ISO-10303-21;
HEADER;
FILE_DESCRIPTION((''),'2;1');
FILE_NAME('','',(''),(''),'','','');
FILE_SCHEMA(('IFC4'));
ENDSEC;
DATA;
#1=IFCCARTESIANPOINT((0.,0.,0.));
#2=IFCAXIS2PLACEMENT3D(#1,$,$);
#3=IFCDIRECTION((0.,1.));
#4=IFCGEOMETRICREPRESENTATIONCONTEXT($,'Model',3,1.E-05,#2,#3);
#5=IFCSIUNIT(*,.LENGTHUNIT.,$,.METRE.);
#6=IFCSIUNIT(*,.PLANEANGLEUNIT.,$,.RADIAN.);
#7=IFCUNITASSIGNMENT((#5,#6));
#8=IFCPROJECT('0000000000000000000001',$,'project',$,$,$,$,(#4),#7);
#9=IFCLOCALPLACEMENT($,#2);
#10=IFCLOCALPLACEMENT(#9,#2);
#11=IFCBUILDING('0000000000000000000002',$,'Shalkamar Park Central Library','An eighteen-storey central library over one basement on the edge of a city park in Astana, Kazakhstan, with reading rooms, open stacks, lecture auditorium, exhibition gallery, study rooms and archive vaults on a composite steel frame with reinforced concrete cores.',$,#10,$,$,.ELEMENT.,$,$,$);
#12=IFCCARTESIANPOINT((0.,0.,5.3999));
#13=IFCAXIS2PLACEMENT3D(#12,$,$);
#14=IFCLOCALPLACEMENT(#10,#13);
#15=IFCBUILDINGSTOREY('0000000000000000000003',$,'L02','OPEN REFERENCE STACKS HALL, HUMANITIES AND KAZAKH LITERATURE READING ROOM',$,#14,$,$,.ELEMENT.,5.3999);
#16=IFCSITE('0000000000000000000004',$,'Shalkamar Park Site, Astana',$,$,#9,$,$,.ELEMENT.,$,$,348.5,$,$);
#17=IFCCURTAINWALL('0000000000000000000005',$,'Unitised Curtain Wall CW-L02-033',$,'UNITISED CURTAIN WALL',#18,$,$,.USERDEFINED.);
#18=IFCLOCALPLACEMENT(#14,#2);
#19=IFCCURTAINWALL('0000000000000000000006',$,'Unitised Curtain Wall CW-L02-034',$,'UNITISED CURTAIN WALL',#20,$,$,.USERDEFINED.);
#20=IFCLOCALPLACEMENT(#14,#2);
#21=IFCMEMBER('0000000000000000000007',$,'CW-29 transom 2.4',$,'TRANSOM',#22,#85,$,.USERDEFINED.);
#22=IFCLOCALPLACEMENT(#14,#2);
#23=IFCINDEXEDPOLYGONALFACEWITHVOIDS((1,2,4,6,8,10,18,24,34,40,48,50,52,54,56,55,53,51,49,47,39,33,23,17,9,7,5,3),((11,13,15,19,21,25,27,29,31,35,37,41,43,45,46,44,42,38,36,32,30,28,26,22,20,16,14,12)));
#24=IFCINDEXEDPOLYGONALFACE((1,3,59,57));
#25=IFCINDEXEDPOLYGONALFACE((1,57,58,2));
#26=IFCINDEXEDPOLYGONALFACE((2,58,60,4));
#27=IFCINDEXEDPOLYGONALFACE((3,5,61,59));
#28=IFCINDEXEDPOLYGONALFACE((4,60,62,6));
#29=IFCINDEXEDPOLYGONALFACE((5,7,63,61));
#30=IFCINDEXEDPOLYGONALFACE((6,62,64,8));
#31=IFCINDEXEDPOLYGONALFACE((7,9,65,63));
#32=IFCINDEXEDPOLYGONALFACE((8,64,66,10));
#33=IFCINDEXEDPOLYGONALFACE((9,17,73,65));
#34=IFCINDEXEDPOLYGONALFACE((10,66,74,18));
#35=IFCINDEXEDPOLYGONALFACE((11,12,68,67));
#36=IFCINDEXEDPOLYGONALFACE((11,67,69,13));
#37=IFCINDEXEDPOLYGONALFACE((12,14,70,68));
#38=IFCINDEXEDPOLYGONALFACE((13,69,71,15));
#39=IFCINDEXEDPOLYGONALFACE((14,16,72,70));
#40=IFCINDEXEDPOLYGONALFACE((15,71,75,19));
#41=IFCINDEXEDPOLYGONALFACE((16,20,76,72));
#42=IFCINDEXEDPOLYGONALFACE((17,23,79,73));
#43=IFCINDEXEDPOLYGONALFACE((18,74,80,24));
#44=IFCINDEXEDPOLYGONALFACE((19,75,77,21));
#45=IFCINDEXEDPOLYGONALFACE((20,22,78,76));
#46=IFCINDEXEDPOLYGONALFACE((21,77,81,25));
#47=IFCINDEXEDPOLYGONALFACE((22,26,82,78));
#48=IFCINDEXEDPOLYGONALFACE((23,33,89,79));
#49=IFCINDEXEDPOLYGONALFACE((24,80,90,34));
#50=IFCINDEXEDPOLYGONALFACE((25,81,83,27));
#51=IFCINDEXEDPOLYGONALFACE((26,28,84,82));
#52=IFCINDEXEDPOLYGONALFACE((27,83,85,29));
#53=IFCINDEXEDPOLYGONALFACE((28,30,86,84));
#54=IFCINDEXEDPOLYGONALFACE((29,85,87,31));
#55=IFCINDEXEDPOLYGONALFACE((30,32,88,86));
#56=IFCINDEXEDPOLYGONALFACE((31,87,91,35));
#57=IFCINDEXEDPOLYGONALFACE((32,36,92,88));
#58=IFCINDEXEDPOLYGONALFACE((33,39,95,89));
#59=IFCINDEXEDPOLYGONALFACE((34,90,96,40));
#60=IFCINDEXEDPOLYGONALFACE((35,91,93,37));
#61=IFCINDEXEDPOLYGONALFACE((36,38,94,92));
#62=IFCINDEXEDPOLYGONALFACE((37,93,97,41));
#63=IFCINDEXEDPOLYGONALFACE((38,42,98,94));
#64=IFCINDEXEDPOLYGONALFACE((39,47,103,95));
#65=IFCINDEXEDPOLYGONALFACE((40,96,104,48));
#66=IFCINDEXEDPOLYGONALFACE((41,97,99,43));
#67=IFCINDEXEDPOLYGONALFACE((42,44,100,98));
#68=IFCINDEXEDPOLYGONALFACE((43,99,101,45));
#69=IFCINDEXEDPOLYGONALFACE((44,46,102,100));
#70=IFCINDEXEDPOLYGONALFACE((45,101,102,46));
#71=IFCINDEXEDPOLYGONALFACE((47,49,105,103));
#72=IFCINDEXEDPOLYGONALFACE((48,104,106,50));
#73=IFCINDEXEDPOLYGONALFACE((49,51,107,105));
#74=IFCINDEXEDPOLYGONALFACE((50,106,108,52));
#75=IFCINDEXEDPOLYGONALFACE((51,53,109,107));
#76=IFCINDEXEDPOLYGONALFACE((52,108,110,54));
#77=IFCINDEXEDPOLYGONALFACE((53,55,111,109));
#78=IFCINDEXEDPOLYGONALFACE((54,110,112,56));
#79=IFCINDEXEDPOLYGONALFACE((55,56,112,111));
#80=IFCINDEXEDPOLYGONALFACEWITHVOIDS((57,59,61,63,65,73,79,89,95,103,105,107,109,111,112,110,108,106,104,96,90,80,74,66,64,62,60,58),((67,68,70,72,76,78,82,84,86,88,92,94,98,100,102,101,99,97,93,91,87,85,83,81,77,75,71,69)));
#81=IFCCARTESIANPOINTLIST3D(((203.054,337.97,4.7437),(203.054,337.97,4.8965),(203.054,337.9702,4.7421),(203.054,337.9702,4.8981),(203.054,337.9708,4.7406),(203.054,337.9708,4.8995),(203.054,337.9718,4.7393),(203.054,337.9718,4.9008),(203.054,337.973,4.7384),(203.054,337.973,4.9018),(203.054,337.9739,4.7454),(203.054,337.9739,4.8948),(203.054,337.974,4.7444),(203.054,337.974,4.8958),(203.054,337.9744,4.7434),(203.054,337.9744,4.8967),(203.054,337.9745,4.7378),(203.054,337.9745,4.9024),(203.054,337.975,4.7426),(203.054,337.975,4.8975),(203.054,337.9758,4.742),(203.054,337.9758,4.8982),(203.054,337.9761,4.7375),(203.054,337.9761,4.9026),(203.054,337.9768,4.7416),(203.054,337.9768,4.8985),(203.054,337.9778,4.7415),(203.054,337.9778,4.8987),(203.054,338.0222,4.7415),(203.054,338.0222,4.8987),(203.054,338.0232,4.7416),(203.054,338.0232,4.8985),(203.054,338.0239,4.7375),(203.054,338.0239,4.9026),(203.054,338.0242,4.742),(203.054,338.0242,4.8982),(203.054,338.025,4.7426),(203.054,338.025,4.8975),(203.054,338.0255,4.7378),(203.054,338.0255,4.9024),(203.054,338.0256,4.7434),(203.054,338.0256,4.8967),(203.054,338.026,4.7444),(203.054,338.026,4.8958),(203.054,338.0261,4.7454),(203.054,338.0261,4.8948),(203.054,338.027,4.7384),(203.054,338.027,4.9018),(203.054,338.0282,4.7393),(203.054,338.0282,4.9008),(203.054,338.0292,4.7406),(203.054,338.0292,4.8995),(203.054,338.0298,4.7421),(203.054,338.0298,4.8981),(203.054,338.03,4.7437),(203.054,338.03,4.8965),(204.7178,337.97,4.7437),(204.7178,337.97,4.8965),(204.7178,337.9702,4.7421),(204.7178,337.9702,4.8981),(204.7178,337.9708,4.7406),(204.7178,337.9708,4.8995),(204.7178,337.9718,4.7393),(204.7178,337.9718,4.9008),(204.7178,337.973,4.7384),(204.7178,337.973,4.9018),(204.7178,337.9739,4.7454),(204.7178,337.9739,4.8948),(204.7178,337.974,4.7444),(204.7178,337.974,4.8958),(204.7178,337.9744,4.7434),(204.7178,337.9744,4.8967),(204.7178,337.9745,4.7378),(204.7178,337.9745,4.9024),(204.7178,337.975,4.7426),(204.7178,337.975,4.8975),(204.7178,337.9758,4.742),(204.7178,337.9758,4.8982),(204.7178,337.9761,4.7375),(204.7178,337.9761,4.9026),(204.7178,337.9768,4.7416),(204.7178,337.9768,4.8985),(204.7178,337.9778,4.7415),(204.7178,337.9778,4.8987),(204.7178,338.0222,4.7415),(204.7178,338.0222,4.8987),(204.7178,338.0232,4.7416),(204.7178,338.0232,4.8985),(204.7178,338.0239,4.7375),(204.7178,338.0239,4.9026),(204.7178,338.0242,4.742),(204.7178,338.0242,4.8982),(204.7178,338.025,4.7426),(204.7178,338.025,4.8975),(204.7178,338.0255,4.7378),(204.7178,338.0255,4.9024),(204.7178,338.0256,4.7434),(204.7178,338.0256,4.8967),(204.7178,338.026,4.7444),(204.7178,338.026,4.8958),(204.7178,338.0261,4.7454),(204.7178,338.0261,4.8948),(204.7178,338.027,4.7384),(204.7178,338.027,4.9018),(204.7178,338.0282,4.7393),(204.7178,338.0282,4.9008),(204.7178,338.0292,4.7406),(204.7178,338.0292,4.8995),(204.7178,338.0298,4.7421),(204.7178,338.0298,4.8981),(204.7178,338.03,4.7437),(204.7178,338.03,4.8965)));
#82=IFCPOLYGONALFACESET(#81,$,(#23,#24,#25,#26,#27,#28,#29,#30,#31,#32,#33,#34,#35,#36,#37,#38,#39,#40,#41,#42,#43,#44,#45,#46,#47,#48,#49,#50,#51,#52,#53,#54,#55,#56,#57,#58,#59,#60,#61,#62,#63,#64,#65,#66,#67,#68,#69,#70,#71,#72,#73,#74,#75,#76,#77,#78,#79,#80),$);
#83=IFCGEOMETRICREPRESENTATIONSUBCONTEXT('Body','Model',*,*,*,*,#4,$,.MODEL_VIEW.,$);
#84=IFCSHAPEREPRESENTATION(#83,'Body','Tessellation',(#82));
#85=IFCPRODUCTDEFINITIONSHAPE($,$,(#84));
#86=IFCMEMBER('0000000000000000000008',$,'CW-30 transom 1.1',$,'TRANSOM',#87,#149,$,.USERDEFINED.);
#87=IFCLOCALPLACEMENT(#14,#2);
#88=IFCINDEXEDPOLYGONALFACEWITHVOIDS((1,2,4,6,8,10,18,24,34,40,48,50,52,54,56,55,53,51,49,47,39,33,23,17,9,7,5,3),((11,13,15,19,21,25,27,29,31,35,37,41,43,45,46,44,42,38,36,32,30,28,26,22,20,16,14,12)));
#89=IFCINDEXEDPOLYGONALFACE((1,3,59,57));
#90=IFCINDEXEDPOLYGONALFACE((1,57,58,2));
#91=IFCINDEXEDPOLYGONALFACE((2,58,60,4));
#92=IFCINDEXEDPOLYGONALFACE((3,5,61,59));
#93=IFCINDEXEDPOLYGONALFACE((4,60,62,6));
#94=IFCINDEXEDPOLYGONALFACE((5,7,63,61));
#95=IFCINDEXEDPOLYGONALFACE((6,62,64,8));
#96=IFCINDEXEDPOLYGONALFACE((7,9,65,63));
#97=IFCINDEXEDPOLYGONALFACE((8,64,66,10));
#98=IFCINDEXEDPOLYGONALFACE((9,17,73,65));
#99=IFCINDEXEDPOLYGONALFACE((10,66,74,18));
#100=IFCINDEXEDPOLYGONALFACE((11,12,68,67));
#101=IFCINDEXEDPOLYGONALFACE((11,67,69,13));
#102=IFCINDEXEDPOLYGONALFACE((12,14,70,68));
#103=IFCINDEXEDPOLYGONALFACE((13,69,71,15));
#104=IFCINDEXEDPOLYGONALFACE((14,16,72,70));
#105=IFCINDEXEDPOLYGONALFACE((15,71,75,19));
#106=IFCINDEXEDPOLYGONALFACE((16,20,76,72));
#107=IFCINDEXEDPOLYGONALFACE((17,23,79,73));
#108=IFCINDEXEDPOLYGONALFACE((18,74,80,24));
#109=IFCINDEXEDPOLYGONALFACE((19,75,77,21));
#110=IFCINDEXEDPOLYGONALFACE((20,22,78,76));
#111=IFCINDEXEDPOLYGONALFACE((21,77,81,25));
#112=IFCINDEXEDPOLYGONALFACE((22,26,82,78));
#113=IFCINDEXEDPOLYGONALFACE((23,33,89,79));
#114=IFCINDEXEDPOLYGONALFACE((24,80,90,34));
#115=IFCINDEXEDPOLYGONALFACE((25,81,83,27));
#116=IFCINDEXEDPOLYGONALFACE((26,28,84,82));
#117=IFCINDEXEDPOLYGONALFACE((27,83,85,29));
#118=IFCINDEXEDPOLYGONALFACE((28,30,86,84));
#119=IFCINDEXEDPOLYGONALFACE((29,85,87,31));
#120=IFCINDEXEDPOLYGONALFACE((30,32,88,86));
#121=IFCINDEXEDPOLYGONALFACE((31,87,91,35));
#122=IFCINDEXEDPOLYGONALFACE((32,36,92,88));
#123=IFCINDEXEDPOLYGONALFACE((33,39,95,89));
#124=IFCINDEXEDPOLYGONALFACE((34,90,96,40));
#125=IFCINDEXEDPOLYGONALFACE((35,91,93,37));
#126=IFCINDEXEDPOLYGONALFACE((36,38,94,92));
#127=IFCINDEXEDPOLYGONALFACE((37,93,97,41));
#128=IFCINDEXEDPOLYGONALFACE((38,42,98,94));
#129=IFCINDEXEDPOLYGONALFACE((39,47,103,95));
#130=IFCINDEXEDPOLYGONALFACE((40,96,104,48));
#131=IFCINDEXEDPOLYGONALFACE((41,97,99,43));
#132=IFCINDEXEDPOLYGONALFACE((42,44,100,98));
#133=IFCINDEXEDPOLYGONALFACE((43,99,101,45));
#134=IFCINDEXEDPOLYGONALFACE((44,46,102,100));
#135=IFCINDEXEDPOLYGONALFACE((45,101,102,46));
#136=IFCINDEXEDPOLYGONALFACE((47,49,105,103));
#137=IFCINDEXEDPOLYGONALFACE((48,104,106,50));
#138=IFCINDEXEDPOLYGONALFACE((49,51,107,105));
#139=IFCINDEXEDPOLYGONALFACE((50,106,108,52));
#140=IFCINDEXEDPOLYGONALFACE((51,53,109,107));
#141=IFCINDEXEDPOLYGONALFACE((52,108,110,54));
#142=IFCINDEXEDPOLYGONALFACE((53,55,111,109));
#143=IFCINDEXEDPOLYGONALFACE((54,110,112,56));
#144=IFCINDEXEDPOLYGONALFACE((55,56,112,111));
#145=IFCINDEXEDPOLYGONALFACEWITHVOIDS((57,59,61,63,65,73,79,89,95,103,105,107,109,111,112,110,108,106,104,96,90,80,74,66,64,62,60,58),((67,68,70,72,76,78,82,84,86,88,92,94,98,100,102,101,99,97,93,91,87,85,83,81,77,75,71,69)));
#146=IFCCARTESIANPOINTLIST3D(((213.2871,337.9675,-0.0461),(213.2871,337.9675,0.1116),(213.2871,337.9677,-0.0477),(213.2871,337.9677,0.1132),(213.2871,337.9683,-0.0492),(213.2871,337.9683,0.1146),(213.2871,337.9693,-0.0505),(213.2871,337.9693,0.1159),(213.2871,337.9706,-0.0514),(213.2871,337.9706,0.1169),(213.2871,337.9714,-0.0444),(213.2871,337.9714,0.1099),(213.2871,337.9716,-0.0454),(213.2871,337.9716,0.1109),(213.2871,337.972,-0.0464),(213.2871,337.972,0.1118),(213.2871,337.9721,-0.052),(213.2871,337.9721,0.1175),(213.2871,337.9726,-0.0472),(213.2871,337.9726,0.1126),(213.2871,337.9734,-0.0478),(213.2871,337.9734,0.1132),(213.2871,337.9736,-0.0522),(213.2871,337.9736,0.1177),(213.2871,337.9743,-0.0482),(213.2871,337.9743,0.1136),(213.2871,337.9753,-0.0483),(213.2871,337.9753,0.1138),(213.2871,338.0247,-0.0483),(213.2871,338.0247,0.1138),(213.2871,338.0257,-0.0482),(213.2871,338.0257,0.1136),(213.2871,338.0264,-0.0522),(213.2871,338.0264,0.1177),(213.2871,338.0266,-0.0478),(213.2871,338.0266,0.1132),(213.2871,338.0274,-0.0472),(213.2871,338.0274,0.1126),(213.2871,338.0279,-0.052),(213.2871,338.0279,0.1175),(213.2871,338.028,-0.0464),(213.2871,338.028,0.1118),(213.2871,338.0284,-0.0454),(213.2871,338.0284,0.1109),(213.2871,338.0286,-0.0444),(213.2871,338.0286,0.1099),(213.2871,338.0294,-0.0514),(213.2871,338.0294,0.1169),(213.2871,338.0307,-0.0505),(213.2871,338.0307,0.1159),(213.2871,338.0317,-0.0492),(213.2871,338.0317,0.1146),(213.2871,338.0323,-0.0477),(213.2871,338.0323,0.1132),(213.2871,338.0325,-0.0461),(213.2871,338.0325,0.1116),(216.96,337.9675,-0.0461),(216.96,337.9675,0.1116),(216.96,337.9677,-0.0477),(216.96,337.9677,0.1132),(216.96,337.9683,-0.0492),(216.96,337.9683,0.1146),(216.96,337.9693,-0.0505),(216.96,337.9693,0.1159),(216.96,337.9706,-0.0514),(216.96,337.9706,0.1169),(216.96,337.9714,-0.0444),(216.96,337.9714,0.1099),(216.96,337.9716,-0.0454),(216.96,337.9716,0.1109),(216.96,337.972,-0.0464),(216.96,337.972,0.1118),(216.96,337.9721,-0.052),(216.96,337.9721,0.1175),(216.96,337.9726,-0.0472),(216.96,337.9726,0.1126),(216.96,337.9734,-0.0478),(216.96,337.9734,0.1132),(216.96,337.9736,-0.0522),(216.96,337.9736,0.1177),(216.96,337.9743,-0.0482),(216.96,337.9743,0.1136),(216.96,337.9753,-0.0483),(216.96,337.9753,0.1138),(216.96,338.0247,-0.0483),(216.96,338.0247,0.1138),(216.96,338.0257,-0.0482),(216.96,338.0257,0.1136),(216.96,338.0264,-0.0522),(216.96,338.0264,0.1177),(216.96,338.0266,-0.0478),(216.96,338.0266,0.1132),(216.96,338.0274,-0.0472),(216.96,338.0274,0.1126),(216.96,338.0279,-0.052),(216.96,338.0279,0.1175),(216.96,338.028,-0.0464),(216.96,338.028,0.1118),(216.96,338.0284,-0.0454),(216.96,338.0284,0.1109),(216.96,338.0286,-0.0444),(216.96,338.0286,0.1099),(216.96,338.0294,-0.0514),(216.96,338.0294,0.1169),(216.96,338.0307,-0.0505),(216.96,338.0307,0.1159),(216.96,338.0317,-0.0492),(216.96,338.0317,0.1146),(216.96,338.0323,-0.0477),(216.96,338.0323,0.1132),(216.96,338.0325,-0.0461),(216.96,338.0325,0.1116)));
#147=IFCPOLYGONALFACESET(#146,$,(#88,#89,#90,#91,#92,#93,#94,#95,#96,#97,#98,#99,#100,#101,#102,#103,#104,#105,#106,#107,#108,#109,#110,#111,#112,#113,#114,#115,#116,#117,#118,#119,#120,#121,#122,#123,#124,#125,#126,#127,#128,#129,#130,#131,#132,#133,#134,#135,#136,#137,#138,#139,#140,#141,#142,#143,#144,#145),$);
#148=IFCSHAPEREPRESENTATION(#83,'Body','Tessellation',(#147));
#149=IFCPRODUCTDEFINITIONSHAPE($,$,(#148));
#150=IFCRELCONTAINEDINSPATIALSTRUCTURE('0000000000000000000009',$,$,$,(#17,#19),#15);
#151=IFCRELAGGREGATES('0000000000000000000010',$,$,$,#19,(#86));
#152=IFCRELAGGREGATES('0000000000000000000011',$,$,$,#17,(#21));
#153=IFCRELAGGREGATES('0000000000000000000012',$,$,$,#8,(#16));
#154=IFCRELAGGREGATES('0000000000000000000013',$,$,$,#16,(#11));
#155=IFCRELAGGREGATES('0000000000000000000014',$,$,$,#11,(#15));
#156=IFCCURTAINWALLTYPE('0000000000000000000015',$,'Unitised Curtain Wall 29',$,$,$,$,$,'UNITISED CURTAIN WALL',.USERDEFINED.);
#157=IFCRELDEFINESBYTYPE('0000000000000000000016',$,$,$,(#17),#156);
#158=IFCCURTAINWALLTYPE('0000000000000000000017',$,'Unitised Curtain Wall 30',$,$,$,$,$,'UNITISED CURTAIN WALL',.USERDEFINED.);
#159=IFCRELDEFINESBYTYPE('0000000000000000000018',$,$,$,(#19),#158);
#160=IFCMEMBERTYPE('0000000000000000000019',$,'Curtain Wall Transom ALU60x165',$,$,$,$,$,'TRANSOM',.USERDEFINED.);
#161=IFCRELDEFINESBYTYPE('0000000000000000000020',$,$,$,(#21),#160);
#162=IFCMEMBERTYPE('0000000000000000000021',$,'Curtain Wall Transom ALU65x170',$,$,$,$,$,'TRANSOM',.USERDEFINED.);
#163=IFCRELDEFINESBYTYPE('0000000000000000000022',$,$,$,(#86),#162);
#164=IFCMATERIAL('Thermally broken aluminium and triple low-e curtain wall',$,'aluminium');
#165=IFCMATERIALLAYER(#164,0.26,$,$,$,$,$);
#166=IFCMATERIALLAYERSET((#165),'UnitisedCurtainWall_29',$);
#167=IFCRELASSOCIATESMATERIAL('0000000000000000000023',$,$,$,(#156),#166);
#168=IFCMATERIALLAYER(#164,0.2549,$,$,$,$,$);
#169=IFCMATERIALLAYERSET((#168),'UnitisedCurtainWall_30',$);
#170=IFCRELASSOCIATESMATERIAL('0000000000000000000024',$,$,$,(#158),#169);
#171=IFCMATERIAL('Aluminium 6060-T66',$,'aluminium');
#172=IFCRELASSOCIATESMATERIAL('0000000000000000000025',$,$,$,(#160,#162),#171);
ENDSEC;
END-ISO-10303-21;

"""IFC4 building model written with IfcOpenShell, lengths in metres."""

from ifc_helpers import new_model, si_unit, direction, frame, origin, origin_2d, place, context, subcontext, project, spatial, hollow_rectangle, extrude, material, layer, layer_set, material_profile, profile_set, type_object, element, aggregate, save


model = new_model("IFC4")

# Units and contexts
model_context = context("Model", 3, precision=1e-05, world=origin(), true_north=direction((0.0, 1.0)))
body_context = subcontext(model_context, "Body", "Model", "MODEL_VIEW")
ifc_project = project(units=[si_unit("LENGTHUNIT", "METRE"), si_unit("PLANEANGLEUNIT", "RADIAN")], contexts=[model_context])

# Site, building, storey
site_placement = place(None, origin())
site = spatial("IfcSite", under=ifc_project, at=site_placement, Name="Shalkamar Park Site, Astana", CompositionType="ELEMENT", RefElevation=348.5)
building_placement = place(site_placement, origin())
building = spatial("IfcBuilding", under=site, at=building_placement, Name="Shalkamar Park Central Library", Description="An eighteen-storey central library over one basement on the edge of a city park in Astana, Kazakhstan, with reading rooms, open stacks, lecture auditorium, exhibition gallery, study rooms and archive vaults on a composite steel frame with reinforced concrete cores.", CompositionType="ELEMENT")
storey_placement = place(building_placement, frame((0.0, 0.0, 5.3999)))
storey = spatial("IfcBuildingStorey", under=building, at=storey_placement, Name="L02", Description="OPEN REFERENCE STACKS HALL, HUMANITIES AND KAZAKH LITERATURE READING ROOM", CompositionType="ELEMENT", Elevation=5.3999)

# Curtain wall
ifc_material_1 = material(Name="Thermally broken aluminium and triple low-e curtain wall", Category="aluminium")
ifc_layer_1 = layer(ifc_material_1, 0.26)
ifc_layer_set_1 = layer_set([ifc_layer_1], Name="UnitisedCurtainWall_29")
curtain_wall_type_1 = type_object("IfcCurtainWallType", Name="Unitised Curtain Wall 29", ElementType="UNITISED CURTAIN WALL", PredefinedType="USERDEFINED", material=ifc_layer_set_1)
curtain_wall_1_placement = place(storey_placement, origin())
curtain_wall_1 = element("IfcCurtainWall", 1, at=curtain_wall_1_placement, inside=storey, type_object=curtain_wall_type_1, Name="Unitised Curtain Wall CW-L02-033", ObjectType="UNITISED CURTAIN WALL", PredefinedType="USERDEFINED")
ifc_material_2 = material(Name="Aluminium 6060-T66", Category="aluminium")

# Curtain wall
ifc_layer_2 = layer(ifc_material_1, 0.2549)
ifc_layer_set_2 = layer_set([ifc_layer_2], Name="UnitisedCurtainWall_30")
curtain_wall_type_2 = type_object("IfcCurtainWallType", Name="Unitised Curtain Wall 30", ElementType="UNITISED CURTAIN WALL", PredefinedType="USERDEFINED", material=ifc_layer_set_2)
curtain_wall_2_placement = place(storey_placement, origin())
curtain_wall_2 = element("IfcCurtainWall", 2, at=curtain_wall_2_placement, inside=storey, type_object=curtain_wall_type_2, Name="Unitised Curtain Wall CW-L02-034", ObjectType="UNITISED CURTAIN WALL", PredefinedType="USERDEFINED")

# Members
ifc_material_profile_1 = material_profile(ifc_material_2, hollow_rectangle(XDim=0.0601, YDim=0.165, WallThickness=0.0039, InnerFilletRadius=0.0039, OuterFilletRadius=0.0061, at=origin_2d()), Name="ALU 60x165x4")
ifc_profile_set_1 = profile_set([ifc_material_profile_1], Name="Aluminium 6060-T66")
member_type_1 = type_object("IfcMemberType", Name="Curtain Wall Transom ALU60x165", ElementType="TRANSOM", PredefinedType="USERDEFINED", material=ifc_profile_set_1)
member_1_placement = place(storey_placement, frame((203.054, 338.0, 4.8201), z_axis=(1.0, 0.0, 0.0), x_axis=(0.0, 1.0, 0.0)))
member_1 = element("IfcMember", 3, at=member_1_placement, type_object=member_type_1, Name="CW-29 transom 2.4", ObjectType="TRANSOM", PredefinedType="USERDEFINED", context=body_context, shape_type="SweptSolid", body=[
    extrude(hollow_rectangle(XDim=0.0601, YDim=0.165, WallThickness=0.0039, InnerFilletRadius=0.0039, OuterFilletRadius=0.0061, at=origin_2d()), origin(), (0.0, 0.0, 1.0), 1.6638),
])
ifc_material_profile_2 = material_profile(ifc_material_2, hollow_rectangle(XDim=0.0649, YDim=0.1699, WallThickness=0.0039, InnerFilletRadius=0.0039, OuterFilletRadius=0.0061, at=origin_2d()), Name="ALU 65x170x4")
ifc_profile_set_2 = profile_set([ifc_material_profile_2], Name="Aluminium 6060-T66")
member_type_2 = type_object("IfcMemberType", Name="Curtain Wall Transom ALU65x170", ElementType="TRANSOM", PredefinedType="USERDEFINED", material=ifc_profile_set_2)
member_2_placement = place(storey_placement, frame((213.2871, 338.0, 0.0327), z_axis=(1.0, 0.0, 0.0), x_axis=(0.0, 1.0, 0.0)))
member_2 = element("IfcMember", 4, at=member_2_placement, type_object=member_type_2, Name="CW-30 transom 1.1", ObjectType="TRANSOM", PredefinedType="USERDEFINED", context=body_context, shape_type="SweptSolid", body=[
    extrude(hollow_rectangle(XDim=0.0649, YDim=0.1699, WallThickness=0.0039, InnerFilletRadius=0.0039, OuterFilletRadius=0.0061, at=origin_2d()), origin(), (0.0, 0.0, 1.0), 3.6729),
])

aggregate(curtain_wall_2, [member_2])
aggregate(curtain_wall_1, [member_1])

save(model, "model.ifc")
